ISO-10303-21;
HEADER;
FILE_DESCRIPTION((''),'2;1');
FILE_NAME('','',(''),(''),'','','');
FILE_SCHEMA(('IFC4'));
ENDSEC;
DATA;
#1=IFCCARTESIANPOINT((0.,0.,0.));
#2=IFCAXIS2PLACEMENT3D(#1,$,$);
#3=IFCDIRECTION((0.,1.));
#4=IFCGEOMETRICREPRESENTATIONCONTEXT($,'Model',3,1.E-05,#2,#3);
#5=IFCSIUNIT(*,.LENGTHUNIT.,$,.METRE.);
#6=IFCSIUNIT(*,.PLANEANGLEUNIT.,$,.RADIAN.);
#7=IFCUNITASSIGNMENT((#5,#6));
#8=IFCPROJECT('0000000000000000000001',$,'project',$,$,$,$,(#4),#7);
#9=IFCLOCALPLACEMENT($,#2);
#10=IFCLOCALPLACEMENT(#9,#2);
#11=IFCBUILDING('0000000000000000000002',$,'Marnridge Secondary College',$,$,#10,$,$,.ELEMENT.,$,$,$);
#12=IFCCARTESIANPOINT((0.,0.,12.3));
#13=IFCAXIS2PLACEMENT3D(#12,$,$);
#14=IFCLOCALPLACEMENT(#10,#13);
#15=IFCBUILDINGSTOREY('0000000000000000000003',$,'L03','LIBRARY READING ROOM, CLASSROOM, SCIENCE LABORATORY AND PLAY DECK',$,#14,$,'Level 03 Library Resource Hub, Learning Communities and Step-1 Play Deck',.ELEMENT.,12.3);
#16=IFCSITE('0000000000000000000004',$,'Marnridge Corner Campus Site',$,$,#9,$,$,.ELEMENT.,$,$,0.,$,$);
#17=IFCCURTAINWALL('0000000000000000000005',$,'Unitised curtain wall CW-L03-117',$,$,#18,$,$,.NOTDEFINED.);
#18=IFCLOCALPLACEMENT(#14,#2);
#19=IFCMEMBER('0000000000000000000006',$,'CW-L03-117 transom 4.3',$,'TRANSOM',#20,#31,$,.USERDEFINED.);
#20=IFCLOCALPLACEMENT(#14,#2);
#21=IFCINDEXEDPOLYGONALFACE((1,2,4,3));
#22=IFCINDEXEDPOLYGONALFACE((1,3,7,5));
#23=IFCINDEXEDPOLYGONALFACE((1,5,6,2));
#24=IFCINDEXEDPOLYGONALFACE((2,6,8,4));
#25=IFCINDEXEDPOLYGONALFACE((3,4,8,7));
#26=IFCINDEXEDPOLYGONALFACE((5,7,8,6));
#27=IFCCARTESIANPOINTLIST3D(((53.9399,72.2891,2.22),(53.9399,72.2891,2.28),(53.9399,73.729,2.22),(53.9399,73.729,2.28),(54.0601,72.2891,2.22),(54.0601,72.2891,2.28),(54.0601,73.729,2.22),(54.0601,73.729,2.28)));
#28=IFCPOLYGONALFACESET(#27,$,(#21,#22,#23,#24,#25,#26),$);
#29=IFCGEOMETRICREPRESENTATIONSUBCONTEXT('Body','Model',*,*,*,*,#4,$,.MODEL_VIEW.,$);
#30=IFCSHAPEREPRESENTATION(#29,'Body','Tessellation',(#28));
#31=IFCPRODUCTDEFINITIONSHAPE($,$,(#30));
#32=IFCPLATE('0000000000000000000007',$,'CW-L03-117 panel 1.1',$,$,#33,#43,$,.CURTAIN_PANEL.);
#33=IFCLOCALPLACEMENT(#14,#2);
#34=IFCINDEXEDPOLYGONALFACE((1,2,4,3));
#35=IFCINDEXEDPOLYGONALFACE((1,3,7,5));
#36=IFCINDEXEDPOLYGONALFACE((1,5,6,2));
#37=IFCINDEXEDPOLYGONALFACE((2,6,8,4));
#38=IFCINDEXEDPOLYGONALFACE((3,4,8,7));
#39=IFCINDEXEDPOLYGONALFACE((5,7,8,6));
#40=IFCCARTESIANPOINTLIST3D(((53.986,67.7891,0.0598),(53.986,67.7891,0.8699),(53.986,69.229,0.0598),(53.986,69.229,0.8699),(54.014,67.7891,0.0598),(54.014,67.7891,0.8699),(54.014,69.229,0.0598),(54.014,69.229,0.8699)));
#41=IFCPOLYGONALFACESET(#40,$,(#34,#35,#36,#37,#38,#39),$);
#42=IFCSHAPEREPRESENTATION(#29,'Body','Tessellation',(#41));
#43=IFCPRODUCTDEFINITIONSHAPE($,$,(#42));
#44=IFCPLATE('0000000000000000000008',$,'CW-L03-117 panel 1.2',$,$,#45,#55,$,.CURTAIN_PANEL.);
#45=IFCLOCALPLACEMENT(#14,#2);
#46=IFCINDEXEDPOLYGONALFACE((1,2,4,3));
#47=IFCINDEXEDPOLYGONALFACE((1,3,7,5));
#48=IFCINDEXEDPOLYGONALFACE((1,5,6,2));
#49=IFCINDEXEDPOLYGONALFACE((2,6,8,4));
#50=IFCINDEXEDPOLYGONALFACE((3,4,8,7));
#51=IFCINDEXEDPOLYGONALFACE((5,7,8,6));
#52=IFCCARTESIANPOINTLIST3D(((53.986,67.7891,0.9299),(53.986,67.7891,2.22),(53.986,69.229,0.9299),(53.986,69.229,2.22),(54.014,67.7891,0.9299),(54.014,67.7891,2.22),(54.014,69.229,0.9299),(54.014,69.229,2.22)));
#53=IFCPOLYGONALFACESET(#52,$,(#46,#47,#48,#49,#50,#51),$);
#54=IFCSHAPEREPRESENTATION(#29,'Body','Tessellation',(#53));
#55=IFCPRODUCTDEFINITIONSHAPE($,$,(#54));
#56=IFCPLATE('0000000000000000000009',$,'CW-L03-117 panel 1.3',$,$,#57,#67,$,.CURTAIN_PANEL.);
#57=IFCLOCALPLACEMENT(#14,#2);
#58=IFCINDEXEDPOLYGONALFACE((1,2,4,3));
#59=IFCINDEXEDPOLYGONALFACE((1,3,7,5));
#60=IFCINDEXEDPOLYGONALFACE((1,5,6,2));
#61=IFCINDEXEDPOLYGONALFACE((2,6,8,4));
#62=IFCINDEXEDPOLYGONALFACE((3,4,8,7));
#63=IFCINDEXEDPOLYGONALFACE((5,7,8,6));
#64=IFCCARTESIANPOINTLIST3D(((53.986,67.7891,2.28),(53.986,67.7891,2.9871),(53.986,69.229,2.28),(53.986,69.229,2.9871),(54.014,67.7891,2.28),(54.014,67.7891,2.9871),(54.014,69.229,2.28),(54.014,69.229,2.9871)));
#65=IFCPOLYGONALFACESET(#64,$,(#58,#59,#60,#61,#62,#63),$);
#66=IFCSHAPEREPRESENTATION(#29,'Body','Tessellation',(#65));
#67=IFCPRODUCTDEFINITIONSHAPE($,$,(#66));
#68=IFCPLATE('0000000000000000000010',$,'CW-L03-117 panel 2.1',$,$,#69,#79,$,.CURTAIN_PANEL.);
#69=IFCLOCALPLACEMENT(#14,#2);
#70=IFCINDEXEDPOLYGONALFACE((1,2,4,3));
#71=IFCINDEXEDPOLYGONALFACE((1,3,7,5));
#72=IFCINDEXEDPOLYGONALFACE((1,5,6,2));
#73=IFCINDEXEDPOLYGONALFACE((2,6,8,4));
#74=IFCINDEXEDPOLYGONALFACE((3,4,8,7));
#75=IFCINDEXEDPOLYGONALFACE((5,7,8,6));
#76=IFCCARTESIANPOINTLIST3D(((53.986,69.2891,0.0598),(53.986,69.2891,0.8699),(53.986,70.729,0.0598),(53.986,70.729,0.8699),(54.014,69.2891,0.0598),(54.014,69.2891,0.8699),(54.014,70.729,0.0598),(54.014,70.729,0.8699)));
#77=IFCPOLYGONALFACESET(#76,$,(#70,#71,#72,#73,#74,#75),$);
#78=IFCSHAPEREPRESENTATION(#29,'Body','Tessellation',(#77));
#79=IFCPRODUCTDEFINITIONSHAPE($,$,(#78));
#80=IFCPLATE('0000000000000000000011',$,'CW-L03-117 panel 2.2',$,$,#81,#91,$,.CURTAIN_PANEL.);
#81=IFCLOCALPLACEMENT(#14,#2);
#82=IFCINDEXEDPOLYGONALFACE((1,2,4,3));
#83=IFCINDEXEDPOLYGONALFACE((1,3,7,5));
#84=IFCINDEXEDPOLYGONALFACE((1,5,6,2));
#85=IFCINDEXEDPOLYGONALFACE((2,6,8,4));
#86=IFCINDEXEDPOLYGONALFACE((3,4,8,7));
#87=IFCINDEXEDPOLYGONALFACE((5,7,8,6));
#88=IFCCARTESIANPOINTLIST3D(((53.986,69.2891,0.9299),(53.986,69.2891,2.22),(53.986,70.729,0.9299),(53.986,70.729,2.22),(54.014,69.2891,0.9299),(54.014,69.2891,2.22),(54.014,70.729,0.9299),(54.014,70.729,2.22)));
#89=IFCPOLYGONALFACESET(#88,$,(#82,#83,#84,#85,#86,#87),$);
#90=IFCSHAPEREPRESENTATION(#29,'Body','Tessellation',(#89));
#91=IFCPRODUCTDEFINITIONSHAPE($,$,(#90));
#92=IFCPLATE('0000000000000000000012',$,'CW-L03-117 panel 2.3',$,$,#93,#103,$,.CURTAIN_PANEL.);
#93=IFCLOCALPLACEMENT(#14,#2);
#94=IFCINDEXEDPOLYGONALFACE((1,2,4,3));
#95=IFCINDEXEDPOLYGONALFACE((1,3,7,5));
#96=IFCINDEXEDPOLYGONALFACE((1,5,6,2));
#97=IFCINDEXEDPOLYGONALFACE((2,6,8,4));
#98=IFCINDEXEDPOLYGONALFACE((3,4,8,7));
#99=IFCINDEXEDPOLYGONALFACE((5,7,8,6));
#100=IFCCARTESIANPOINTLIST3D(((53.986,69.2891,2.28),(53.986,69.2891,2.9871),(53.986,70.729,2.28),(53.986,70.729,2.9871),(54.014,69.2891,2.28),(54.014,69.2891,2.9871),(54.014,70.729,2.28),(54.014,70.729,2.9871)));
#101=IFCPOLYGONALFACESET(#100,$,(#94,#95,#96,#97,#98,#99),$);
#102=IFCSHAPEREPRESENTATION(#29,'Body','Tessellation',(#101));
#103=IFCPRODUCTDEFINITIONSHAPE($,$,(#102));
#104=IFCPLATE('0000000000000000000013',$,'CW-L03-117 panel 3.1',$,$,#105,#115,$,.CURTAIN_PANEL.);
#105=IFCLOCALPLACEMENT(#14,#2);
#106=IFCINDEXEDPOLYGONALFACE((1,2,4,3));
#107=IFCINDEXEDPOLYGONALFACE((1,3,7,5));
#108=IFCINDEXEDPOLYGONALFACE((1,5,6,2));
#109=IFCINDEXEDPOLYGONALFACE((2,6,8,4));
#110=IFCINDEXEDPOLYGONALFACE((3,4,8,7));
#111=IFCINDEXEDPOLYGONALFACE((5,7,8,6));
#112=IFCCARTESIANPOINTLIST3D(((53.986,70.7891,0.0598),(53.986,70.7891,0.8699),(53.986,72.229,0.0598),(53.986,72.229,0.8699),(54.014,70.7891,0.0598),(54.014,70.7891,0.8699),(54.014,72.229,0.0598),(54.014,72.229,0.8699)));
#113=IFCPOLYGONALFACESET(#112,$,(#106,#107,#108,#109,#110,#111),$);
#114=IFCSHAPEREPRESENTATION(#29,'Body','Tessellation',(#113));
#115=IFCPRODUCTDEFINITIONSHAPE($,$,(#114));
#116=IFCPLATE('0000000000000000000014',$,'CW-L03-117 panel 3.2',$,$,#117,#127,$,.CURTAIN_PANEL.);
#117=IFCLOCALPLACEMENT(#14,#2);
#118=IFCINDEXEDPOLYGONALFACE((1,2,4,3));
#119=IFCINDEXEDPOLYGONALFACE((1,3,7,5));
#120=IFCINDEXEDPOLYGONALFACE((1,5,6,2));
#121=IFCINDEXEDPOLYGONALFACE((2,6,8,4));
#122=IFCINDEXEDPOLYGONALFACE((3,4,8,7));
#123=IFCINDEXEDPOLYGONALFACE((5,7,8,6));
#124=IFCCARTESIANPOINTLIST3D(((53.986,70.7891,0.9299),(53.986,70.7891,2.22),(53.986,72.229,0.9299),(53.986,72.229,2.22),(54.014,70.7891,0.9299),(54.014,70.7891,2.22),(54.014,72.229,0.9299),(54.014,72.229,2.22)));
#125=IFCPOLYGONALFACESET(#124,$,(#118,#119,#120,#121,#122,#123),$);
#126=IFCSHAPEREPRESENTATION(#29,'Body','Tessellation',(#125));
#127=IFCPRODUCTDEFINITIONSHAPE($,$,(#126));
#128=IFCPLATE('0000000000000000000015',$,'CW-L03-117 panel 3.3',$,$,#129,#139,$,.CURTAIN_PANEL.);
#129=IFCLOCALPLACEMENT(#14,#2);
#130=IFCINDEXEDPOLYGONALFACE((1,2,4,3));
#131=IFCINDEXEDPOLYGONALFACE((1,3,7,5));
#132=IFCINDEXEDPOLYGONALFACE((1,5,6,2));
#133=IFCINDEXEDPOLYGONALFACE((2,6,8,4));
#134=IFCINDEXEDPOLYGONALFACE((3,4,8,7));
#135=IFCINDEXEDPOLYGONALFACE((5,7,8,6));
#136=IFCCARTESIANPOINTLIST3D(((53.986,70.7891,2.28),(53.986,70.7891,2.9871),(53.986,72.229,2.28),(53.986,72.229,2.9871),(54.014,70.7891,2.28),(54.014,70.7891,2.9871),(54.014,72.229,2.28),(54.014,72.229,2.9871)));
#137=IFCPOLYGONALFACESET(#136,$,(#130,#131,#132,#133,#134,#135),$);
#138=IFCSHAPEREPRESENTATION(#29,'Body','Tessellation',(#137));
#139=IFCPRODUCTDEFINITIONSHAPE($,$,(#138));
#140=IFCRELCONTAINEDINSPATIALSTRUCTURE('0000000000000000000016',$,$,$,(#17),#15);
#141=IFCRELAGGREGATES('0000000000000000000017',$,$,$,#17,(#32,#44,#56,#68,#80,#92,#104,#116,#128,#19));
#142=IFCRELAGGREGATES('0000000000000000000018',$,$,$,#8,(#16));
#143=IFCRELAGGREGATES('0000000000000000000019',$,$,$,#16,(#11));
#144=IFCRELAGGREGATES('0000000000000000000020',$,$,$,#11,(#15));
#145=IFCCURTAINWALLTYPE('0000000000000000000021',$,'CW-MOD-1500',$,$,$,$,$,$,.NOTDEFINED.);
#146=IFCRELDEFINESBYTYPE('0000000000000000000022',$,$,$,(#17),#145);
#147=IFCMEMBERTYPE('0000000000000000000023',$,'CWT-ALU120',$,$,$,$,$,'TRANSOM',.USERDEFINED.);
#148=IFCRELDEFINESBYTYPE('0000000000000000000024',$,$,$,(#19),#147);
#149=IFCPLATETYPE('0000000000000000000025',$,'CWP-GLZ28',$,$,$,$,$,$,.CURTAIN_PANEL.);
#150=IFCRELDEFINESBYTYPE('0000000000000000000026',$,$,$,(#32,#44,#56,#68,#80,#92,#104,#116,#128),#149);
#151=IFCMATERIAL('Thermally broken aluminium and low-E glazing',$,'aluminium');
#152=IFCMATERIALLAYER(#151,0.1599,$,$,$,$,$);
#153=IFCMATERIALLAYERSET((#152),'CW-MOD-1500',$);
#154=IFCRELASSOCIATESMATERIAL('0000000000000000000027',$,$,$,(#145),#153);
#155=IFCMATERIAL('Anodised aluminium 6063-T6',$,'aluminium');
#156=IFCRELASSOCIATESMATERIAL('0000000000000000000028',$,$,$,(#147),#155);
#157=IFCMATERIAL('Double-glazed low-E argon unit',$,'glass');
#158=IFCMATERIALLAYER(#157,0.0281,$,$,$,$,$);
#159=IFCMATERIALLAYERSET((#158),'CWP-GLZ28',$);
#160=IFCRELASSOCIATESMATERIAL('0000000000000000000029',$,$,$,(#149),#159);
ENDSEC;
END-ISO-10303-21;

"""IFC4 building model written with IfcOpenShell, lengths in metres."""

from ifc_helpers import new_model, si_unit, direction, frame, origin, origin_2d, place, context, subcontext, project, spatial, rectangle, extrude, material, layer, layer_set, material_profile, profile_set, type_object, element, aggregate, save


model = new_model("IFC4")

# Units and contexts
model_context = context("Model", 3, precision=1e-05, world=origin(), true_north=direction((0.0, 1.0)))
body_context = subcontext(model_context, "Body", "Model", "MODEL_VIEW")
ifc_project = project(units=[si_unit("LENGTHUNIT", "METRE"), si_unit("PLANEANGLEUNIT", "RADIAN")], contexts=[model_context])

# Site, building, storey
site_placement = place(None, origin())
site = spatial("IfcSite", under=ifc_project, at=site_placement, Name="Marnridge Corner Campus Site", CompositionType="ELEMENT", RefElevation=0.0)
building_placement = place(site_placement, origin())
building = spatial("IfcBuilding", under=site, at=building_placement, Name="Marnridge Secondary College", CompositionType="ELEMENT")
storey_placement = place(building_placement, frame((0.0, 0.0, 12.3)))
storey = spatial("IfcBuildingStorey", under=building, at=storey_placement, Name="L03", Description="LIBRARY READING ROOM, CLASSROOM, SCIENCE LABORATORY AND PLAY DECK", LongName="Level 03 Library Resource Hub, Learning Communities and Step-1 Play Deck", CompositionType="ELEMENT", Elevation=12.3)

# Curtain wall, member, plates
ifc_material_1 = material(Name="Thermally broken aluminium and low-E glazing", Category="aluminium")
ifc_layer_1 = layer(ifc_material_1, 0.1599)
ifc_layer_set_1 = layer_set([ifc_layer_1], Name="CW-MOD-1500")
curtain_wall_type = type_object("IfcCurtainWallType", Name="CW-MOD-1500", PredefinedType="NOTDEFINED", material=ifc_layer_set_1)
curtain_wall_placement = place(storey_placement, origin())
curtain_wall = element("IfcCurtainWall", 1, at=curtain_wall_placement, inside=storey, type_object=curtain_wall_type, Name="Unitised curtain wall CW-L03-117", PredefinedType="NOTDEFINED")
ifc_material_2 = material(Name="Anodised aluminium 6063-T6", Category="aluminium")
ifc_material_profile_1 = material_profile(ifc_material_2, rectangle(XDim=0.0601, YDim=0.1201, at=origin_2d()), Name="ALU 60x120")
ifc_profile_set_1 = profile_set([ifc_material_profile_1], Name="Anodised aluminium 6063-T6")
member_type_1 = type_object("IfcMemberType", Name="CWT-ALU120", ElementType="TRANSOM", PredefinedType="USERDEFINED", material=ifc_profile_set_1)
member_1_placement = place(storey_placement, frame((54.0, 72.2891, 2.25), z_axis=(0.0, 1.0, 0.0), x_axis=(0.0, 0.0, 1.0)))
member_1 = element("IfcMember", 2, at=member_1_placement, type_object=member_type_1, Name="CW-L03-117 transom 4.3", ObjectType="TRANSOM", PredefinedType="USERDEFINED", context=body_context, shape_type="SweptSolid", body=[
    extrude(rectangle(XDim=0.0601, YDim=0.1201, at=origin_2d()), origin(), (0.0, 0.0, 1.0), 1.4399),
])
ifc_material_3 = material(Name="Double-glazed low-E argon unit", Category="glass")
ifc_layer_2 = layer(ifc_material_3, 0.0281)
ifc_layer_set_2 = layer_set([ifc_layer_2], Name="CWP-GLZ28")
plate_type = type_object("IfcPlateType", Name="CWP-GLZ28", PredefinedType="CURTAIN_PANEL", material=ifc_layer_set_2)
plate_1_placement = place(storey_placement, frame((54.0, 68.509, 0.0598), z_axis=(0.0, 0.0, 1.0), x_axis=(0.0, 1.0, 0.0)))
plate_1 = element("IfcPlate", 3, at=plate_1_placement, type_object=plate_type, Name="CW-L03-117 panel 1.1", PredefinedType="CURTAIN_PANEL", context=body_context, shape_type="SweptSolid", body=[
    extrude(rectangle(XDim=1.4399, YDim=0.0281, at=origin_2d()), origin(), (0.0, 0.0, 1.0), 0.8101),
])
plate_2_placement = place(storey_placement, frame((54.0, 68.509, 0.9299), z_axis=(0.0, 0.0, 1.0), x_axis=(0.0, 1.0, 0.0)))
plate_2 = element("IfcPlate", 4, at=plate_2_placement, type_object=plate_type, Name="CW-L03-117 panel 1.2", PredefinedType="CURTAIN_PANEL", context=body_context, shape_type="SweptSolid", body=[
    extrude(rectangle(XDim=1.4399, YDim=0.0281, at=origin_2d()), origin(), (0.0, 0.0, 1.0), 1.29),
])
plate_3_placement = place(storey_placement, frame((54.0, 68.509, 2.28), z_axis=(0.0, 0.0, 1.0), x_axis=(0.0, 1.0, 0.0)))
plate_3 = element("IfcPlate", 5, at=plate_3_placement, type_object=plate_type, Name="CW-L03-117 panel 1.3", PredefinedType="CURTAIN_PANEL", context=body_context, shape_type="SweptSolid", body=[
    extrude(rectangle(XDim=1.4399, YDim=0.0281, at=origin_2d()), origin(), (0.0, 0.0, 1.0), 0.707),
])
plate_4_placement = place(storey_placement, frame((54.0, 70.009, 0.0598), z_axis=(0.0, 0.0, 1.0), x_axis=(0.0, 1.0, 0.0)))
plate_4 = element("IfcPlate", 6, at=plate_4_placement, type_object=plate_type, Name="CW-L03-117 panel 2.1", PredefinedType="CURTAIN_PANEL", context=body_context, shape_type="SweptSolid", body=[
    extrude(rectangle(XDim=1.4399, YDim=0.0281, at=origin_2d()), origin(), (0.0, 0.0, 1.0), 0.8101),
])
plate_5_placement = place(storey_placement, frame((54.0, 70.009, 0.9299), z_axis=(0.0, 0.0, 1.0), x_axis=(0.0, 1.0, 0.0)))
plate_5 = element("IfcPlate", 7, at=plate_5_placement, type_object=plate_type, Name="CW-L03-117 panel 2.2", PredefinedType="CURTAIN_PANEL", context=body_context, shape_type="SweptSolid", body=[
    extrude(rectangle(XDim=1.4399, YDim=0.0281, at=origin_2d()), origin(), (0.0, 0.0, 1.0), 1.29),
])
plate_6_placement = place(storey_placement, frame((54.0, 70.009, 2.28), z_axis=(0.0, 0.0, 1.0), x_axis=(0.0, 1.0, 0.0)))
plate_6 = element("IfcPlate", 8, at=plate_6_placement, type_object=plate_type, Name="CW-L03-117 panel 2.3", PredefinedType="CURTAIN_PANEL", context=body_context, shape_type="SweptSolid", body=[
    extrude(rectangle(XDim=1.4399, YDim=0.0281, at=origin_2d()), origin(), (0.0, 0.0, 1.0), 0.707),
])
plate_7_placement = place(storey_placement, frame((54.0, 71.509, 0.0598), z_axis=(0.0, 0.0, 1.0), x_axis=(0.0, 1.0, 0.0)))
plate_7 = element("IfcPlate", 9, at=plate_7_placement, type_object=plate_type, Name="CW-L03-117 panel 3.1", PredefinedType="CURTAIN_PANEL", context=body_context, shape_type="SweptSolid", body=[
    extrude(rectangle(XDim=1.4399, YDim=0.0281, at=origin_2d()), origin(), (0.0, 0.0, 1.0), 0.8101),
])
plate_8_placement = place(storey_placement, frame((54.0, 71.509, 0.9299), z_axis=(0.0, 0.0, 1.0), x_axis=(0.0, 1.0, 0.0)))
plate_8 = element("IfcPlate", 10, at=plate_8_placement, type_object=plate_type, Name="CW-L03-117 panel 3.2", PredefinedType="CURTAIN_PANEL", context=body_context, shape_type="SweptSolid", body=[
    extrude(rectangle(XDim=1.4399, YDim=0.0281, at=origin_2d()), origin(), (0.0, 0.0, 1.0), 1.29),
])
plate_9_placement = place(storey_placement, frame((54.0, 71.509, 2.28), z_axis=(0.0, 0.0, 1.0), x_axis=(0.0, 1.0, 0.0)))
plate_9 = element("IfcPlate", 11, at=plate_9_placement, type_object=plate_type, Name="CW-L03-117 panel 3.3", PredefinedType="CURTAIN_PANEL", context=body_context, shape_type="SweptSolid", body=[
    extrude(rectangle(XDim=1.4399, YDim=0.0281, at=origin_2d()), origin(), (0.0, 0.0, 1.0), 0.707),
])
aggregate(curtain_wall, [plate_1, plate_2, plate_3, plate_4, plate_5, plate_6, plate_7, plate_8, plate_9, member_1])

save(model, "model.ifc")
